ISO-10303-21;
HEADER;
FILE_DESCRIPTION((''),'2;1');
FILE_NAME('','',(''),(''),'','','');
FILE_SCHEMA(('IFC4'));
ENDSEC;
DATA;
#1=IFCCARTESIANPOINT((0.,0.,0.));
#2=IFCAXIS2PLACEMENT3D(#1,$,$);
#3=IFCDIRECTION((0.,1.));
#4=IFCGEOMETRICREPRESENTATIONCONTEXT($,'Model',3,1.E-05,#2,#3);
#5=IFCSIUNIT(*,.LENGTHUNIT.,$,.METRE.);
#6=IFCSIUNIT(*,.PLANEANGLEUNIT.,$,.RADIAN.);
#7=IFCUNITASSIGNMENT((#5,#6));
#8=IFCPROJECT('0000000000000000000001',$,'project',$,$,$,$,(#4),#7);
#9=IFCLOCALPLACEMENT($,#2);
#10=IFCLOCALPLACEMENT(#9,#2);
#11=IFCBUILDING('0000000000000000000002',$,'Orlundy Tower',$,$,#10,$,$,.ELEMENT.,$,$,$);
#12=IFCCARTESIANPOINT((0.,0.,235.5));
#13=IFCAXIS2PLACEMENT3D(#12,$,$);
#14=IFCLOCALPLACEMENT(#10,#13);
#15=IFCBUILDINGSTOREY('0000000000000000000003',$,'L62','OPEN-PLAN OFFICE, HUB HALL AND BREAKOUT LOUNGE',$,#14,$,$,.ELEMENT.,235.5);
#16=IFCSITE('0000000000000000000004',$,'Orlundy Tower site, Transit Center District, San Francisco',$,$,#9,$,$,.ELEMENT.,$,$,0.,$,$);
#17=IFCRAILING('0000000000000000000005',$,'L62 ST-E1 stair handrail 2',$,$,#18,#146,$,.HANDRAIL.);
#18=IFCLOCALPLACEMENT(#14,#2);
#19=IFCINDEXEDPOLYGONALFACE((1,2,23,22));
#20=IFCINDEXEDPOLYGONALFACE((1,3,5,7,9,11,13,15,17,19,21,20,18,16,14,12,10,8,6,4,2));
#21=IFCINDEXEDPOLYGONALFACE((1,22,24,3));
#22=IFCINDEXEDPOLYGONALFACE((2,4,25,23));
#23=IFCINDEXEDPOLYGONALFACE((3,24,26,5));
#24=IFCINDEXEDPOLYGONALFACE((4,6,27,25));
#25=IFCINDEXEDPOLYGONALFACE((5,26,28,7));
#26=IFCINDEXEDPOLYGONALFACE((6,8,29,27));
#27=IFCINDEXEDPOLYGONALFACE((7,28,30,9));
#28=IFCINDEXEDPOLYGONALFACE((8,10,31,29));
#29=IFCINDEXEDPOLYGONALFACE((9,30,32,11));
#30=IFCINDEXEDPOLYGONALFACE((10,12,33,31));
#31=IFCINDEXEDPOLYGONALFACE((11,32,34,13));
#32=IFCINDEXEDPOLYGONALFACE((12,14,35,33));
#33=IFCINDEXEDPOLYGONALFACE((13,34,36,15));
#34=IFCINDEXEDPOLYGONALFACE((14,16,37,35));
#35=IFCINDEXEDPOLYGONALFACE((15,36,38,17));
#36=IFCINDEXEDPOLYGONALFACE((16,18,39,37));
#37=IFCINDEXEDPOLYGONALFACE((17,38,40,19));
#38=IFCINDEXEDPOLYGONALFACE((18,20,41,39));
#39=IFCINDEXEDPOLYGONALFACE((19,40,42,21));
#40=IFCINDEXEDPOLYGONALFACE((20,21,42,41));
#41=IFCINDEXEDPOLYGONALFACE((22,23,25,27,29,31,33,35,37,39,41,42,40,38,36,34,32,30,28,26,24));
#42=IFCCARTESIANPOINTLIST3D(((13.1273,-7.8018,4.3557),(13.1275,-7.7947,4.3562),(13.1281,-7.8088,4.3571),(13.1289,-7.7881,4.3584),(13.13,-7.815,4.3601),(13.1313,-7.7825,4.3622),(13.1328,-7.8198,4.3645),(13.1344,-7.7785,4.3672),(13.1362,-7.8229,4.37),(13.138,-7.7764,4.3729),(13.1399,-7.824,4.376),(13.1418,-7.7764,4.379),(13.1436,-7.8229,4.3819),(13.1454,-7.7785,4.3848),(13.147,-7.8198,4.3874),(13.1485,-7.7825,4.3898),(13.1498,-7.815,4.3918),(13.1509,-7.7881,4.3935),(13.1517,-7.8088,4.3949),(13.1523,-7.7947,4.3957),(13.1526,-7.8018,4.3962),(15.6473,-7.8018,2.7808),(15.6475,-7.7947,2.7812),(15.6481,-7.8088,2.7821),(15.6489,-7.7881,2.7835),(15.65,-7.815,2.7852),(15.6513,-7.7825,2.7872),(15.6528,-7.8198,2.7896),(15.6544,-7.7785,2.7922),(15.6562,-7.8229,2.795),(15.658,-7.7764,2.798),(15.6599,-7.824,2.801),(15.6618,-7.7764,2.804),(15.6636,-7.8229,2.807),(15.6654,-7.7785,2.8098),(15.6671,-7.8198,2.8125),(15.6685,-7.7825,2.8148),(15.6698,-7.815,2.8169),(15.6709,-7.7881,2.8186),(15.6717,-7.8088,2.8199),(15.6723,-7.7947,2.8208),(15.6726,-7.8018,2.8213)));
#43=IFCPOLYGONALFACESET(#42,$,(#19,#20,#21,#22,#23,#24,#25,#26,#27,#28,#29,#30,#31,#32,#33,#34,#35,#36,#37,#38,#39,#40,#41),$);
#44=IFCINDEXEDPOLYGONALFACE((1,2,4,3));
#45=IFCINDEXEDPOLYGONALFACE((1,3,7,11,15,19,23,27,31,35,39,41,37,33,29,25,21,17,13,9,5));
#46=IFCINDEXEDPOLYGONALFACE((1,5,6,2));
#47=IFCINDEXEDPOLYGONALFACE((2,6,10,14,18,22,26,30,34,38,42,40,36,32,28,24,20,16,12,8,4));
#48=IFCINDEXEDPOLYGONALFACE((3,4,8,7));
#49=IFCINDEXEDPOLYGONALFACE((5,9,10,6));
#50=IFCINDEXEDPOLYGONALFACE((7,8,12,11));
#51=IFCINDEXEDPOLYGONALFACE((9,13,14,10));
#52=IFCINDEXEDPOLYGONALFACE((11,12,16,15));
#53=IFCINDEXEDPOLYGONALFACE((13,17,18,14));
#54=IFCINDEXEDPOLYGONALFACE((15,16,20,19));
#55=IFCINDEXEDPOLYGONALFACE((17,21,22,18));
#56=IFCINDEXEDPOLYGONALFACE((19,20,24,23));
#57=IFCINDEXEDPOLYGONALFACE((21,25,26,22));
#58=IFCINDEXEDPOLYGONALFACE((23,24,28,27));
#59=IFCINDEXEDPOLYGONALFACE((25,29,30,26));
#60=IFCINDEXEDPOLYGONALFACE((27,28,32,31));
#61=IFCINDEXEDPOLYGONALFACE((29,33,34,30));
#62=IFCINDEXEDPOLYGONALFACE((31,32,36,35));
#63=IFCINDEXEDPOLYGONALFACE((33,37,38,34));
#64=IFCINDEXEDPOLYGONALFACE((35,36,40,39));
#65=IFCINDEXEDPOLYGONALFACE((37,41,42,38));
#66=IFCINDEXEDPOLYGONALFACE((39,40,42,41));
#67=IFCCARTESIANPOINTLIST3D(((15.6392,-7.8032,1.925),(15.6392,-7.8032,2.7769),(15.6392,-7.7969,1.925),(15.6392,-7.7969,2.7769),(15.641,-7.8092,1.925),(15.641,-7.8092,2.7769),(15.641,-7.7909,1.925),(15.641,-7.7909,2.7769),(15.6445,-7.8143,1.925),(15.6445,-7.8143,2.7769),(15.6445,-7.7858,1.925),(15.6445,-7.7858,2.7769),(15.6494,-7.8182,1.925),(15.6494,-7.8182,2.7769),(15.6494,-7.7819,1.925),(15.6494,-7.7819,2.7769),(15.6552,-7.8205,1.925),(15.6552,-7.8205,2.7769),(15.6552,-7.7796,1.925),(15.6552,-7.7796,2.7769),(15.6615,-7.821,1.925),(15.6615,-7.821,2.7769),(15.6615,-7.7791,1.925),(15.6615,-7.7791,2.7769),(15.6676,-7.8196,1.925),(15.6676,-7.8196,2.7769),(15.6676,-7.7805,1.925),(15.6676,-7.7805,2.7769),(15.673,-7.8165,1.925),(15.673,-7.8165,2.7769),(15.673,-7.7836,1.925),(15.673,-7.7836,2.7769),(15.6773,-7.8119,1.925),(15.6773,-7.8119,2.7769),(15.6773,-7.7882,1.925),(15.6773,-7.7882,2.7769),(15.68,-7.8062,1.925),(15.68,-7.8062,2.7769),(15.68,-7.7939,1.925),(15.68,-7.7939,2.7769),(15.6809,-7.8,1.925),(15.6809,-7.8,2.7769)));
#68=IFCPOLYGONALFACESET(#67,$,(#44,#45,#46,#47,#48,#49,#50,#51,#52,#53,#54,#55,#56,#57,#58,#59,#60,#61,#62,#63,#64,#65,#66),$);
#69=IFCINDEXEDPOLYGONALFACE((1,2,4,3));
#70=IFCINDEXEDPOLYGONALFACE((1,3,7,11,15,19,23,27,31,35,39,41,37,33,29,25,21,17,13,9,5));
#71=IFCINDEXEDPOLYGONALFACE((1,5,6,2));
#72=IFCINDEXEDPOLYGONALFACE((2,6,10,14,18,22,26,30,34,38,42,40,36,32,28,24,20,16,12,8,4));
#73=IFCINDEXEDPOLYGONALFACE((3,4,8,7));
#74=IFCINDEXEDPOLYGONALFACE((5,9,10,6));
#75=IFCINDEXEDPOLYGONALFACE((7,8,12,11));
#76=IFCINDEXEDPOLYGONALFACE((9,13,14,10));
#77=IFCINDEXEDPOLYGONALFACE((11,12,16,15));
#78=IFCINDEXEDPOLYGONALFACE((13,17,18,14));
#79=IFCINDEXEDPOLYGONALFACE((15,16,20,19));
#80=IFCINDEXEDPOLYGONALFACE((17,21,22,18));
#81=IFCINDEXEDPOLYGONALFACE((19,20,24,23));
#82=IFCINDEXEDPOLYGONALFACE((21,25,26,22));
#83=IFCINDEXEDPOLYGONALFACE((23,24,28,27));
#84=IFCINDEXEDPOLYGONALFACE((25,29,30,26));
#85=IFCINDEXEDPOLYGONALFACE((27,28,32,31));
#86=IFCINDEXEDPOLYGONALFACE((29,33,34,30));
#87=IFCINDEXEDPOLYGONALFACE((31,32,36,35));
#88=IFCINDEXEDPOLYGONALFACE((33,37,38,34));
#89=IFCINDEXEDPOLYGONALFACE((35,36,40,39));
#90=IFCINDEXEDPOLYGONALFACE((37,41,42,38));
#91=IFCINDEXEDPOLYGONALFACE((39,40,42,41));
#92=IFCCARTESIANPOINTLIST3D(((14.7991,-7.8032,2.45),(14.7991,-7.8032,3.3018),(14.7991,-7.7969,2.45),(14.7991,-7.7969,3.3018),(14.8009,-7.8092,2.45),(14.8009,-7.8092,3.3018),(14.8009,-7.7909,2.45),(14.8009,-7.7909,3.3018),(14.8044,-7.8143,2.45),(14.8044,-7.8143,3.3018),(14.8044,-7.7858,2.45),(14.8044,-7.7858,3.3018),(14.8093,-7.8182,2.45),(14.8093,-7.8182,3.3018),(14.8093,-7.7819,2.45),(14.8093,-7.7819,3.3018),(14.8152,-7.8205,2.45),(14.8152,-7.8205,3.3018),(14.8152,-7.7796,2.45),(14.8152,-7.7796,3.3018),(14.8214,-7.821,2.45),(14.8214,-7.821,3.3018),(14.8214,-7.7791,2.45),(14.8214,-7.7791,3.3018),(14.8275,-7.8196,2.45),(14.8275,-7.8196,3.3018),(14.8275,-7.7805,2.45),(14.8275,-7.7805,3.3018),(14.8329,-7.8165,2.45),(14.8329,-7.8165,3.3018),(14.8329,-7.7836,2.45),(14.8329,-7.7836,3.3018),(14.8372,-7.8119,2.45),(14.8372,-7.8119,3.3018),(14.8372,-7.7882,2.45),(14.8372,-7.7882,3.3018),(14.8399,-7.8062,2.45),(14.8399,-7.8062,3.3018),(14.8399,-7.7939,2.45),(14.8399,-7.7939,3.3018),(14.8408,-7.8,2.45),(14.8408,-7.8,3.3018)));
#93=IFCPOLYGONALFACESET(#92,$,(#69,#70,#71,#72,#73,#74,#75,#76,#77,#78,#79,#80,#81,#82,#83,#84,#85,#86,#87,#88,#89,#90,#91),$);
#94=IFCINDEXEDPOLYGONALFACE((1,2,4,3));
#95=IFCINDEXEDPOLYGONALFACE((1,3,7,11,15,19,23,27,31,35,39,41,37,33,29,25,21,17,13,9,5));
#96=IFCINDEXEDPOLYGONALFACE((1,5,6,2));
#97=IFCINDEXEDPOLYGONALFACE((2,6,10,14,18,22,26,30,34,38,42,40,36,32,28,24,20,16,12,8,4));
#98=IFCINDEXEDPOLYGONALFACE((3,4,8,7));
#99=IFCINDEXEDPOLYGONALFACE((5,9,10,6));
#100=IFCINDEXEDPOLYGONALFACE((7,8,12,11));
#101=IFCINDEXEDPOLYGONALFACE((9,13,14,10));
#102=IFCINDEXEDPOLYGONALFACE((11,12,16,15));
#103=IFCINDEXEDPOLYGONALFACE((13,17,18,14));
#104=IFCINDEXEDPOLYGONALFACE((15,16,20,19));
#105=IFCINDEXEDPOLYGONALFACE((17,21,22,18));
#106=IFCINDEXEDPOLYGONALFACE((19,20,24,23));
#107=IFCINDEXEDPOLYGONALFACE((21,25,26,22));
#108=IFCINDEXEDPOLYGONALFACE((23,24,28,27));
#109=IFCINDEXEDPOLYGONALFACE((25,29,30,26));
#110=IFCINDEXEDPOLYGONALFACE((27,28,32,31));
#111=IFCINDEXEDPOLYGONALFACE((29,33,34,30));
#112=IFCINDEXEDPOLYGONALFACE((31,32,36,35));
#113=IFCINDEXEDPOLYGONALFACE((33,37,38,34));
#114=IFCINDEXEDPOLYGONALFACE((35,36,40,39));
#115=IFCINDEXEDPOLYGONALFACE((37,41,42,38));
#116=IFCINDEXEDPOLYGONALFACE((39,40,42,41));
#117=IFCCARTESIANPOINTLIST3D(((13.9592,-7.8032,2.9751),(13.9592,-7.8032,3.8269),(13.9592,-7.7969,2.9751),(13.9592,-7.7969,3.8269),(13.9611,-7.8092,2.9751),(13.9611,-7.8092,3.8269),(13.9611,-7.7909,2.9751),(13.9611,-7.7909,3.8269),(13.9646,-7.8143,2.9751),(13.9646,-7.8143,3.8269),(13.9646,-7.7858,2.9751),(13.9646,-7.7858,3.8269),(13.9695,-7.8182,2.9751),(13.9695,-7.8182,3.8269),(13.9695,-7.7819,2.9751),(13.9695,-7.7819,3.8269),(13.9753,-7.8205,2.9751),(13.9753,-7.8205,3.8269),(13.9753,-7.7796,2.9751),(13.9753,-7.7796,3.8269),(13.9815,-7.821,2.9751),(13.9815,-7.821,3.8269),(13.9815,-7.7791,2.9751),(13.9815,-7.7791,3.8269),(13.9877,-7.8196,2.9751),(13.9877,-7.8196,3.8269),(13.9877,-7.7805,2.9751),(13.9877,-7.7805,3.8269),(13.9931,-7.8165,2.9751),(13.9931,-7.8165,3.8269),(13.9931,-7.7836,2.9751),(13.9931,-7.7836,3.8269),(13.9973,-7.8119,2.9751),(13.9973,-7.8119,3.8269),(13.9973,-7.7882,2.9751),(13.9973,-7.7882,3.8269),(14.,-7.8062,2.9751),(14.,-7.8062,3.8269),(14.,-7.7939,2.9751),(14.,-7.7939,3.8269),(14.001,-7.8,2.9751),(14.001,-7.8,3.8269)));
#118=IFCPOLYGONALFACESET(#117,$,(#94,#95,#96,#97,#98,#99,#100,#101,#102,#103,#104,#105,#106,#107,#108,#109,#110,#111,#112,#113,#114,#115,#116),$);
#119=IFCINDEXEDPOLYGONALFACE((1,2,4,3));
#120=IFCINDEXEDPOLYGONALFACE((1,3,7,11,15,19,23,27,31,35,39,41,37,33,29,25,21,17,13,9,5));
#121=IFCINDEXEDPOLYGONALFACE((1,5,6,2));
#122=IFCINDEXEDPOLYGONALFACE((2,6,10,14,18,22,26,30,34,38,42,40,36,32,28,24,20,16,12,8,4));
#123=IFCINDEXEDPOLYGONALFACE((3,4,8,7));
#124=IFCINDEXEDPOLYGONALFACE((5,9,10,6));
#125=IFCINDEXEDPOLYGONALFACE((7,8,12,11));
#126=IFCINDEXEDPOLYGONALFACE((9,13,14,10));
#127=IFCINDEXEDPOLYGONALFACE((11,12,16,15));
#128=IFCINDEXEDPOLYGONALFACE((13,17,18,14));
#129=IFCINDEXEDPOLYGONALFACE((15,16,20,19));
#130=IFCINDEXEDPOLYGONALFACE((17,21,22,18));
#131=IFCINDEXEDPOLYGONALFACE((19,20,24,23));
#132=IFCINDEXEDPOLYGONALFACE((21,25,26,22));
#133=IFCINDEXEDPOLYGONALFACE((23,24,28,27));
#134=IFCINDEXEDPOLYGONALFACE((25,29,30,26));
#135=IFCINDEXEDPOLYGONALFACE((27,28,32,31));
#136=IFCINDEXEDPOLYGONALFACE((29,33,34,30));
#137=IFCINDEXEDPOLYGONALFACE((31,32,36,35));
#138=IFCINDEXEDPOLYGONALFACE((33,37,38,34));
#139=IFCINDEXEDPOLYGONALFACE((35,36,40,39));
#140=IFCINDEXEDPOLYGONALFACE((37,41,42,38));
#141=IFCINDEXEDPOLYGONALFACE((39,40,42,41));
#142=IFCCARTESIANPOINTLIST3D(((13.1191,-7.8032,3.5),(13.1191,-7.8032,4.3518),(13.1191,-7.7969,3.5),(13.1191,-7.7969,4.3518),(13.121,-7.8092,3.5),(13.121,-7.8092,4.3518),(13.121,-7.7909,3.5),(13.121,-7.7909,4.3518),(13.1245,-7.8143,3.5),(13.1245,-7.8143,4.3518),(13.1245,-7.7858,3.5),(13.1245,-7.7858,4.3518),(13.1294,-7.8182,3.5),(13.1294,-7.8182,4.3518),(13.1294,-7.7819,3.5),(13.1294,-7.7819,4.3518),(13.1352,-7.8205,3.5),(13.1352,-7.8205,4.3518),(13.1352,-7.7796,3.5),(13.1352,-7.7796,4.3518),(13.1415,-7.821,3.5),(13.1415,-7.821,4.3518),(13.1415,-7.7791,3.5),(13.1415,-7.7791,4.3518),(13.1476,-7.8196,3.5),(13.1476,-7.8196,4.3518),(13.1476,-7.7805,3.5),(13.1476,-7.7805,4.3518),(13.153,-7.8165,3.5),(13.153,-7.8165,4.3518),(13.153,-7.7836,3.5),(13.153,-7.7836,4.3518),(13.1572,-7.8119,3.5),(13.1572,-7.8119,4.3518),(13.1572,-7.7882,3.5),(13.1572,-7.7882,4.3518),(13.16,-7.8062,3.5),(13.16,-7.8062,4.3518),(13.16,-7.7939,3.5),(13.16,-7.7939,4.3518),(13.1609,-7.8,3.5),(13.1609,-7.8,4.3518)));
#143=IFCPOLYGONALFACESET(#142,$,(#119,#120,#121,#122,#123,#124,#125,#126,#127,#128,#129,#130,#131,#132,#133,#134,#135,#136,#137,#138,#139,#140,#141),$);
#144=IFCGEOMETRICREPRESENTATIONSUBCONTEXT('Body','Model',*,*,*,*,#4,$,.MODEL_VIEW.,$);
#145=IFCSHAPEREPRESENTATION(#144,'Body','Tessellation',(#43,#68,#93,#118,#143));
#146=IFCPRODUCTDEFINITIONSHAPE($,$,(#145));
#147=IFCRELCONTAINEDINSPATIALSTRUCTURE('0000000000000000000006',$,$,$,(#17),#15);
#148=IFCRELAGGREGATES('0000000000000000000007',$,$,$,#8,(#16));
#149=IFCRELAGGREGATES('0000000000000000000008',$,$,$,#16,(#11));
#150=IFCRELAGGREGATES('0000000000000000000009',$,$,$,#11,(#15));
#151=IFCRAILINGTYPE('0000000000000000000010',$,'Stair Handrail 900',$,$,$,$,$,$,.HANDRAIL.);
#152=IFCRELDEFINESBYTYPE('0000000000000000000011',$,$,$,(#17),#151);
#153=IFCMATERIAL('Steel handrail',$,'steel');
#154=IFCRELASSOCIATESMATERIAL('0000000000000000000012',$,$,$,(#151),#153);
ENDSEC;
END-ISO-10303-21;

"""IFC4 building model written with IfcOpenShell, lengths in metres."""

from ifc_helpers import new_model, si_unit, direction, frame, origin, origin_2d, place, context, subcontext, project, spatial, circle, extrude, material, type_object, element, save


model = new_model("IFC4")

# Units and contexts
model_context = context("Model", 3, precision=1e-05, world=origin(), true_north=direction((0.0, 1.0)))
body_context = subcontext(model_context, "Body", "Model", "MODEL_VIEW")
ifc_project = project(units=[si_unit("LENGTHUNIT", "METRE"), si_unit("PLANEANGLEUNIT", "RADIAN")], contexts=[model_context])

# Site, building, storey
site_placement = place(None, origin())
site = spatial("IfcSite", under=ifc_project, at=site_placement, Name="Orlundy Tower site, Transit Center District, San Francisco", CompositionType="ELEMENT", RefElevation=0.0)
building_placement = place(site_placement, origin())
building = spatial("IfcBuilding", under=site, at=building_placement, Name="Orlundy Tower", CompositionType="ELEMENT")
storey_placement = place(building_placement, frame((0.0, 0.0, 235.5)))
storey = spatial("IfcBuildingStorey", under=building, at=storey_placement, Name="L62", Description="OPEN-PLAN OFFICE, HUB HALL AND BREAKOUT LOUNGE", CompositionType="ELEMENT", Elevation=235.5)

# Railing
ifc_material_1 = material(Name="Steel handrail", Category="steel")
railing_type_1 = type_object("IfcRailingType", Name="Stair Handrail 900", PredefinedType="HANDRAIL", material=ifc_material_1)
railing_1_placement = place(storey_placement, frame((15.6599, -7.8, 1.925)))
element("IfcRailing", 1, at=railing_1_placement, inside=storey, type_object=railing_type_1, Name="L62 ST-E1 stair handrail 2", PredefinedType="HANDRAIL", context=body_context, shape_type="SweptSolid", body=[
    extrude(circle(Radius=0.0239, at=origin_2d()), frame((0.0, 0.0, 0.876), z_axis=(-0.848008, 0.0, 0.529984), x_axis=(0.0, -1.0, 0.0)), (0.0, 0.0, 1.0), 2.9717),
    extrude(circle(Radius=0.021, at=origin_2d()), origin(), (0.0, 0.0, 1.0), 0.8518),
    extrude(circle(Radius=0.021, at=origin_2d()), frame((-0.8401, 0.0, 0.5249)), (0.0, 0.0, 1.0), 0.8518),
    extrude(circle(Radius=0.021, at=origin_2d()), frame((-1.6799, 0.0, 1.05)), (0.0, 0.0, 1.0), 0.8518),
    extrude(circle(Radius=0.021, at=origin_2d()), frame((-2.52, 0.0, 1.575)), (0.0, 0.0, 1.0), 0.8518),
])

save(model, "model.ifc")
